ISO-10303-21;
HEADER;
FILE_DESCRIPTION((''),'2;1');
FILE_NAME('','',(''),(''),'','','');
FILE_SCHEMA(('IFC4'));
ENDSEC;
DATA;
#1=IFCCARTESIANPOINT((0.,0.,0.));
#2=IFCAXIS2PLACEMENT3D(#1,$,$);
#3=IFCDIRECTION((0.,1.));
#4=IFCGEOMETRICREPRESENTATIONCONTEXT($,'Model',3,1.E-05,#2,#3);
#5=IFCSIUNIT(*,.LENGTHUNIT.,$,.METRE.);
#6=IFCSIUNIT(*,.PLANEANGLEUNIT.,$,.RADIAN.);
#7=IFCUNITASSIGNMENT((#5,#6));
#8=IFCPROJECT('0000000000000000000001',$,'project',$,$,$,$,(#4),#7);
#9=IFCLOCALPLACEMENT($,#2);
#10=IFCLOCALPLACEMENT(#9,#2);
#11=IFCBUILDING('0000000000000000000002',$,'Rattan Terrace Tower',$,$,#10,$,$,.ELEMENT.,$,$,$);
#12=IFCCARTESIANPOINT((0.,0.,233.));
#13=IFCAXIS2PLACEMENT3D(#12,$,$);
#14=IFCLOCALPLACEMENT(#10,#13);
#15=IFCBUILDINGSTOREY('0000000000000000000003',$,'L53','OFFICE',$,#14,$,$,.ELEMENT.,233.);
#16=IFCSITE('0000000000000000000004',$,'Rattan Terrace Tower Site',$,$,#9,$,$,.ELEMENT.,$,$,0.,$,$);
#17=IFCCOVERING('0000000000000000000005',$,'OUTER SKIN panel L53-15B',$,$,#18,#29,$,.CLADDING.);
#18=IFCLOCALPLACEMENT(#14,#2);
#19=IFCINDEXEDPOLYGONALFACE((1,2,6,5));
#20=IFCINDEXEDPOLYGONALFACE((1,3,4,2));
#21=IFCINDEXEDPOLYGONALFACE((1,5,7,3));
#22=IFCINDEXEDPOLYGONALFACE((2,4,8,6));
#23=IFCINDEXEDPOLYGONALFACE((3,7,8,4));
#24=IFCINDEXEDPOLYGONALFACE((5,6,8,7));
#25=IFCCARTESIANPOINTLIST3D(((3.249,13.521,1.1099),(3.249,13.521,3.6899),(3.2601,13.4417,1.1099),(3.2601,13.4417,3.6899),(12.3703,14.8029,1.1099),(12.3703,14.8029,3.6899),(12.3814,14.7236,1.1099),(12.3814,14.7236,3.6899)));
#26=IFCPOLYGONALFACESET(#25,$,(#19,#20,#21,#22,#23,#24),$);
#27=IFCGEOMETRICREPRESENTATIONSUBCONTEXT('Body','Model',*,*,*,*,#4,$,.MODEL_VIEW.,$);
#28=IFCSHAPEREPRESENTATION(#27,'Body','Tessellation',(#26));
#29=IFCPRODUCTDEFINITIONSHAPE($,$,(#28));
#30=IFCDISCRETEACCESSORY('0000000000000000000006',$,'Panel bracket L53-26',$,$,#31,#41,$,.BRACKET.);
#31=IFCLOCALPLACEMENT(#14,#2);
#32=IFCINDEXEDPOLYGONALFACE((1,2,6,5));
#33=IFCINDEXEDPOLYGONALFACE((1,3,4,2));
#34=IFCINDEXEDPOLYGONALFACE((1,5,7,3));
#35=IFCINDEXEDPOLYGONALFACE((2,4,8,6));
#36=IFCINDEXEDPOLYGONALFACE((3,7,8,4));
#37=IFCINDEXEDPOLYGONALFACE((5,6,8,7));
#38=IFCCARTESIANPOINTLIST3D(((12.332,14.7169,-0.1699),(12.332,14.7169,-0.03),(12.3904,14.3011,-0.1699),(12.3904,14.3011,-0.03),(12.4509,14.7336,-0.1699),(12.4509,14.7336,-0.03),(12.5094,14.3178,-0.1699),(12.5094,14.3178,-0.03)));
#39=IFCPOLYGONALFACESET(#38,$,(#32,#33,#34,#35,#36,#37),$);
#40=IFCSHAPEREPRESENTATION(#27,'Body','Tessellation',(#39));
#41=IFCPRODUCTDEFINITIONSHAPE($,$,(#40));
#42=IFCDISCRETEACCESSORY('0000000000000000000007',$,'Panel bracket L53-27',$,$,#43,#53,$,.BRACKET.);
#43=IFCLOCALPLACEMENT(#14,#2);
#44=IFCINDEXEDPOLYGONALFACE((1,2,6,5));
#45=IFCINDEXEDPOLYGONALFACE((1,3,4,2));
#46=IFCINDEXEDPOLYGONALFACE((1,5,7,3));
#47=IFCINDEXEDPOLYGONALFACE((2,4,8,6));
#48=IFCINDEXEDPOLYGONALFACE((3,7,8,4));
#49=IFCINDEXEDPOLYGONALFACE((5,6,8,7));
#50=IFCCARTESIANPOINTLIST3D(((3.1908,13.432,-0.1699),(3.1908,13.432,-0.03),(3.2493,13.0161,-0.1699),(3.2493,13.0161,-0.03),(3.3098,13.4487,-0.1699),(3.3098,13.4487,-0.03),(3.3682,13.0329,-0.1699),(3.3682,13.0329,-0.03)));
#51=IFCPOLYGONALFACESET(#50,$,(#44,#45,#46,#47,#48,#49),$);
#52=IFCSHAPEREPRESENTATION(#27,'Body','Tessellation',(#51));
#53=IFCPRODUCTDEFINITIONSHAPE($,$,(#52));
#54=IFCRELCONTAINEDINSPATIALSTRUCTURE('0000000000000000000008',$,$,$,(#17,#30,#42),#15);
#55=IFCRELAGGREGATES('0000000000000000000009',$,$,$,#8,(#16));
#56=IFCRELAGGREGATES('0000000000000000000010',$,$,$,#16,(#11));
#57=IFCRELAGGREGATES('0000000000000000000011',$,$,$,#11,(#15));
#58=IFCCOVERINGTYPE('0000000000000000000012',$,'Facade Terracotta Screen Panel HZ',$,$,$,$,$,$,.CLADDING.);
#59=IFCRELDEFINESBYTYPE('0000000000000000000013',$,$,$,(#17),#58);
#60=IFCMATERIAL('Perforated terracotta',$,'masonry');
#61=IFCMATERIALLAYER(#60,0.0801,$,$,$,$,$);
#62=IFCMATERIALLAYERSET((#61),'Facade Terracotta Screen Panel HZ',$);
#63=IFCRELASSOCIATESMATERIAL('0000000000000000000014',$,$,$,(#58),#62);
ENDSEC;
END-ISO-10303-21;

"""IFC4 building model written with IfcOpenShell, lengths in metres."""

from ifc_helpers import new_model, si_unit, direction, frame, origin, origin_2d, place, context, subcontext, project, spatial, rectangle, extrude, material, layer, layer_set, type_object, element, save


model = new_model("IFC4")

# Units and contexts
model_context = context("Model", 3, precision=1e-05, world=origin(), true_north=direction((0.0, 1.0)))
body_context = subcontext(model_context, "Body", "Model", "MODEL_VIEW")
ifc_project = project(units=[si_unit("LENGTHUNIT", "METRE"), si_unit("PLANEANGLEUNIT", "RADIAN")], contexts=[model_context])

# Site, building, storey
site_placement = place(None, origin())
site = spatial("IfcSite", under=ifc_project, at=site_placement, Name="Rattan Terrace Tower Site", CompositionType="ELEMENT", RefElevation=0.0)
building_placement = place(site_placement, origin())
building = spatial("IfcBuilding", under=site, at=building_placement, Name="Rattan Terrace Tower", CompositionType="ELEMENT")
storey_placement = place(building_placement, frame((0.0, 0.0, 233.0)))
storey = spatial("IfcBuildingStorey", under=building, at=storey_placement, Name="L53", Description="OFFICE", CompositionType="ELEMENT", Elevation=233.0)

# Covering
ifc_material_1 = material(Name="Perforated terracotta", Category="masonry")
ifc_layer_1 = layer(ifc_material_1, 0.0801)
ifc_layer_set_1 = layer_set([ifc_layer_1], Name="Facade Terracotta Screen Panel HZ")
covering_type_1 = type_object("IfcCoveringType", Name="Facade Terracotta Screen Panel HZ", PredefinedType="CLADDING", material=ifc_layer_set_1)
covering_1_placement = place(storey_placement, frame((7.8152, 14.1223, 1.1099), z_axis=(0.0, 0.0, 1.0), x_axis=(-0.990267, -0.139177, 0.0)))
element("IfcCovering", 1, at=covering_1_placement, inside=storey, type_object=covering_type_1, Name="OUTER SKIN panel L53-15B", PredefinedType="CLADDING", context=body_context, shape_type="SweptSolid", body=[
    extrude(rectangle(XDim=9.2109, YDim=0.0801, at=origin_2d()), origin(), (0.0, 0.0, 1.0), 2.5801),
])

# Discrete accessories
for number, where, z_axis, x_axis, name in (
    (2, (12.4207, 14.5173, -0.1699), (0.0, 0.0, 1.0), (-0.990267, -0.139177, 0.0), "Panel bracket L53-26"),
    (3, (3.2795, 13.2324, -0.1699), (0.0, 0.0, 1.0), (-0.990267, -0.139177, 0.0), "Panel bracket L53-27"),
):
    element("IfcDiscreteAccessory", number, at=place(storey_placement, frame(where, z_axis=z_axis, x_axis=x_axis)), inside=storey, Name=name, PredefinedType="BRACKET", context=body_context, shape_type="SweptSolid", body=[
        extrude(rectangle(XDim=0.1201, YDim=0.4199, at=origin_2d()), origin(), (0.0, 0.0, 1.0), 0.1399),
    ])

save(model, "model.ifc")
